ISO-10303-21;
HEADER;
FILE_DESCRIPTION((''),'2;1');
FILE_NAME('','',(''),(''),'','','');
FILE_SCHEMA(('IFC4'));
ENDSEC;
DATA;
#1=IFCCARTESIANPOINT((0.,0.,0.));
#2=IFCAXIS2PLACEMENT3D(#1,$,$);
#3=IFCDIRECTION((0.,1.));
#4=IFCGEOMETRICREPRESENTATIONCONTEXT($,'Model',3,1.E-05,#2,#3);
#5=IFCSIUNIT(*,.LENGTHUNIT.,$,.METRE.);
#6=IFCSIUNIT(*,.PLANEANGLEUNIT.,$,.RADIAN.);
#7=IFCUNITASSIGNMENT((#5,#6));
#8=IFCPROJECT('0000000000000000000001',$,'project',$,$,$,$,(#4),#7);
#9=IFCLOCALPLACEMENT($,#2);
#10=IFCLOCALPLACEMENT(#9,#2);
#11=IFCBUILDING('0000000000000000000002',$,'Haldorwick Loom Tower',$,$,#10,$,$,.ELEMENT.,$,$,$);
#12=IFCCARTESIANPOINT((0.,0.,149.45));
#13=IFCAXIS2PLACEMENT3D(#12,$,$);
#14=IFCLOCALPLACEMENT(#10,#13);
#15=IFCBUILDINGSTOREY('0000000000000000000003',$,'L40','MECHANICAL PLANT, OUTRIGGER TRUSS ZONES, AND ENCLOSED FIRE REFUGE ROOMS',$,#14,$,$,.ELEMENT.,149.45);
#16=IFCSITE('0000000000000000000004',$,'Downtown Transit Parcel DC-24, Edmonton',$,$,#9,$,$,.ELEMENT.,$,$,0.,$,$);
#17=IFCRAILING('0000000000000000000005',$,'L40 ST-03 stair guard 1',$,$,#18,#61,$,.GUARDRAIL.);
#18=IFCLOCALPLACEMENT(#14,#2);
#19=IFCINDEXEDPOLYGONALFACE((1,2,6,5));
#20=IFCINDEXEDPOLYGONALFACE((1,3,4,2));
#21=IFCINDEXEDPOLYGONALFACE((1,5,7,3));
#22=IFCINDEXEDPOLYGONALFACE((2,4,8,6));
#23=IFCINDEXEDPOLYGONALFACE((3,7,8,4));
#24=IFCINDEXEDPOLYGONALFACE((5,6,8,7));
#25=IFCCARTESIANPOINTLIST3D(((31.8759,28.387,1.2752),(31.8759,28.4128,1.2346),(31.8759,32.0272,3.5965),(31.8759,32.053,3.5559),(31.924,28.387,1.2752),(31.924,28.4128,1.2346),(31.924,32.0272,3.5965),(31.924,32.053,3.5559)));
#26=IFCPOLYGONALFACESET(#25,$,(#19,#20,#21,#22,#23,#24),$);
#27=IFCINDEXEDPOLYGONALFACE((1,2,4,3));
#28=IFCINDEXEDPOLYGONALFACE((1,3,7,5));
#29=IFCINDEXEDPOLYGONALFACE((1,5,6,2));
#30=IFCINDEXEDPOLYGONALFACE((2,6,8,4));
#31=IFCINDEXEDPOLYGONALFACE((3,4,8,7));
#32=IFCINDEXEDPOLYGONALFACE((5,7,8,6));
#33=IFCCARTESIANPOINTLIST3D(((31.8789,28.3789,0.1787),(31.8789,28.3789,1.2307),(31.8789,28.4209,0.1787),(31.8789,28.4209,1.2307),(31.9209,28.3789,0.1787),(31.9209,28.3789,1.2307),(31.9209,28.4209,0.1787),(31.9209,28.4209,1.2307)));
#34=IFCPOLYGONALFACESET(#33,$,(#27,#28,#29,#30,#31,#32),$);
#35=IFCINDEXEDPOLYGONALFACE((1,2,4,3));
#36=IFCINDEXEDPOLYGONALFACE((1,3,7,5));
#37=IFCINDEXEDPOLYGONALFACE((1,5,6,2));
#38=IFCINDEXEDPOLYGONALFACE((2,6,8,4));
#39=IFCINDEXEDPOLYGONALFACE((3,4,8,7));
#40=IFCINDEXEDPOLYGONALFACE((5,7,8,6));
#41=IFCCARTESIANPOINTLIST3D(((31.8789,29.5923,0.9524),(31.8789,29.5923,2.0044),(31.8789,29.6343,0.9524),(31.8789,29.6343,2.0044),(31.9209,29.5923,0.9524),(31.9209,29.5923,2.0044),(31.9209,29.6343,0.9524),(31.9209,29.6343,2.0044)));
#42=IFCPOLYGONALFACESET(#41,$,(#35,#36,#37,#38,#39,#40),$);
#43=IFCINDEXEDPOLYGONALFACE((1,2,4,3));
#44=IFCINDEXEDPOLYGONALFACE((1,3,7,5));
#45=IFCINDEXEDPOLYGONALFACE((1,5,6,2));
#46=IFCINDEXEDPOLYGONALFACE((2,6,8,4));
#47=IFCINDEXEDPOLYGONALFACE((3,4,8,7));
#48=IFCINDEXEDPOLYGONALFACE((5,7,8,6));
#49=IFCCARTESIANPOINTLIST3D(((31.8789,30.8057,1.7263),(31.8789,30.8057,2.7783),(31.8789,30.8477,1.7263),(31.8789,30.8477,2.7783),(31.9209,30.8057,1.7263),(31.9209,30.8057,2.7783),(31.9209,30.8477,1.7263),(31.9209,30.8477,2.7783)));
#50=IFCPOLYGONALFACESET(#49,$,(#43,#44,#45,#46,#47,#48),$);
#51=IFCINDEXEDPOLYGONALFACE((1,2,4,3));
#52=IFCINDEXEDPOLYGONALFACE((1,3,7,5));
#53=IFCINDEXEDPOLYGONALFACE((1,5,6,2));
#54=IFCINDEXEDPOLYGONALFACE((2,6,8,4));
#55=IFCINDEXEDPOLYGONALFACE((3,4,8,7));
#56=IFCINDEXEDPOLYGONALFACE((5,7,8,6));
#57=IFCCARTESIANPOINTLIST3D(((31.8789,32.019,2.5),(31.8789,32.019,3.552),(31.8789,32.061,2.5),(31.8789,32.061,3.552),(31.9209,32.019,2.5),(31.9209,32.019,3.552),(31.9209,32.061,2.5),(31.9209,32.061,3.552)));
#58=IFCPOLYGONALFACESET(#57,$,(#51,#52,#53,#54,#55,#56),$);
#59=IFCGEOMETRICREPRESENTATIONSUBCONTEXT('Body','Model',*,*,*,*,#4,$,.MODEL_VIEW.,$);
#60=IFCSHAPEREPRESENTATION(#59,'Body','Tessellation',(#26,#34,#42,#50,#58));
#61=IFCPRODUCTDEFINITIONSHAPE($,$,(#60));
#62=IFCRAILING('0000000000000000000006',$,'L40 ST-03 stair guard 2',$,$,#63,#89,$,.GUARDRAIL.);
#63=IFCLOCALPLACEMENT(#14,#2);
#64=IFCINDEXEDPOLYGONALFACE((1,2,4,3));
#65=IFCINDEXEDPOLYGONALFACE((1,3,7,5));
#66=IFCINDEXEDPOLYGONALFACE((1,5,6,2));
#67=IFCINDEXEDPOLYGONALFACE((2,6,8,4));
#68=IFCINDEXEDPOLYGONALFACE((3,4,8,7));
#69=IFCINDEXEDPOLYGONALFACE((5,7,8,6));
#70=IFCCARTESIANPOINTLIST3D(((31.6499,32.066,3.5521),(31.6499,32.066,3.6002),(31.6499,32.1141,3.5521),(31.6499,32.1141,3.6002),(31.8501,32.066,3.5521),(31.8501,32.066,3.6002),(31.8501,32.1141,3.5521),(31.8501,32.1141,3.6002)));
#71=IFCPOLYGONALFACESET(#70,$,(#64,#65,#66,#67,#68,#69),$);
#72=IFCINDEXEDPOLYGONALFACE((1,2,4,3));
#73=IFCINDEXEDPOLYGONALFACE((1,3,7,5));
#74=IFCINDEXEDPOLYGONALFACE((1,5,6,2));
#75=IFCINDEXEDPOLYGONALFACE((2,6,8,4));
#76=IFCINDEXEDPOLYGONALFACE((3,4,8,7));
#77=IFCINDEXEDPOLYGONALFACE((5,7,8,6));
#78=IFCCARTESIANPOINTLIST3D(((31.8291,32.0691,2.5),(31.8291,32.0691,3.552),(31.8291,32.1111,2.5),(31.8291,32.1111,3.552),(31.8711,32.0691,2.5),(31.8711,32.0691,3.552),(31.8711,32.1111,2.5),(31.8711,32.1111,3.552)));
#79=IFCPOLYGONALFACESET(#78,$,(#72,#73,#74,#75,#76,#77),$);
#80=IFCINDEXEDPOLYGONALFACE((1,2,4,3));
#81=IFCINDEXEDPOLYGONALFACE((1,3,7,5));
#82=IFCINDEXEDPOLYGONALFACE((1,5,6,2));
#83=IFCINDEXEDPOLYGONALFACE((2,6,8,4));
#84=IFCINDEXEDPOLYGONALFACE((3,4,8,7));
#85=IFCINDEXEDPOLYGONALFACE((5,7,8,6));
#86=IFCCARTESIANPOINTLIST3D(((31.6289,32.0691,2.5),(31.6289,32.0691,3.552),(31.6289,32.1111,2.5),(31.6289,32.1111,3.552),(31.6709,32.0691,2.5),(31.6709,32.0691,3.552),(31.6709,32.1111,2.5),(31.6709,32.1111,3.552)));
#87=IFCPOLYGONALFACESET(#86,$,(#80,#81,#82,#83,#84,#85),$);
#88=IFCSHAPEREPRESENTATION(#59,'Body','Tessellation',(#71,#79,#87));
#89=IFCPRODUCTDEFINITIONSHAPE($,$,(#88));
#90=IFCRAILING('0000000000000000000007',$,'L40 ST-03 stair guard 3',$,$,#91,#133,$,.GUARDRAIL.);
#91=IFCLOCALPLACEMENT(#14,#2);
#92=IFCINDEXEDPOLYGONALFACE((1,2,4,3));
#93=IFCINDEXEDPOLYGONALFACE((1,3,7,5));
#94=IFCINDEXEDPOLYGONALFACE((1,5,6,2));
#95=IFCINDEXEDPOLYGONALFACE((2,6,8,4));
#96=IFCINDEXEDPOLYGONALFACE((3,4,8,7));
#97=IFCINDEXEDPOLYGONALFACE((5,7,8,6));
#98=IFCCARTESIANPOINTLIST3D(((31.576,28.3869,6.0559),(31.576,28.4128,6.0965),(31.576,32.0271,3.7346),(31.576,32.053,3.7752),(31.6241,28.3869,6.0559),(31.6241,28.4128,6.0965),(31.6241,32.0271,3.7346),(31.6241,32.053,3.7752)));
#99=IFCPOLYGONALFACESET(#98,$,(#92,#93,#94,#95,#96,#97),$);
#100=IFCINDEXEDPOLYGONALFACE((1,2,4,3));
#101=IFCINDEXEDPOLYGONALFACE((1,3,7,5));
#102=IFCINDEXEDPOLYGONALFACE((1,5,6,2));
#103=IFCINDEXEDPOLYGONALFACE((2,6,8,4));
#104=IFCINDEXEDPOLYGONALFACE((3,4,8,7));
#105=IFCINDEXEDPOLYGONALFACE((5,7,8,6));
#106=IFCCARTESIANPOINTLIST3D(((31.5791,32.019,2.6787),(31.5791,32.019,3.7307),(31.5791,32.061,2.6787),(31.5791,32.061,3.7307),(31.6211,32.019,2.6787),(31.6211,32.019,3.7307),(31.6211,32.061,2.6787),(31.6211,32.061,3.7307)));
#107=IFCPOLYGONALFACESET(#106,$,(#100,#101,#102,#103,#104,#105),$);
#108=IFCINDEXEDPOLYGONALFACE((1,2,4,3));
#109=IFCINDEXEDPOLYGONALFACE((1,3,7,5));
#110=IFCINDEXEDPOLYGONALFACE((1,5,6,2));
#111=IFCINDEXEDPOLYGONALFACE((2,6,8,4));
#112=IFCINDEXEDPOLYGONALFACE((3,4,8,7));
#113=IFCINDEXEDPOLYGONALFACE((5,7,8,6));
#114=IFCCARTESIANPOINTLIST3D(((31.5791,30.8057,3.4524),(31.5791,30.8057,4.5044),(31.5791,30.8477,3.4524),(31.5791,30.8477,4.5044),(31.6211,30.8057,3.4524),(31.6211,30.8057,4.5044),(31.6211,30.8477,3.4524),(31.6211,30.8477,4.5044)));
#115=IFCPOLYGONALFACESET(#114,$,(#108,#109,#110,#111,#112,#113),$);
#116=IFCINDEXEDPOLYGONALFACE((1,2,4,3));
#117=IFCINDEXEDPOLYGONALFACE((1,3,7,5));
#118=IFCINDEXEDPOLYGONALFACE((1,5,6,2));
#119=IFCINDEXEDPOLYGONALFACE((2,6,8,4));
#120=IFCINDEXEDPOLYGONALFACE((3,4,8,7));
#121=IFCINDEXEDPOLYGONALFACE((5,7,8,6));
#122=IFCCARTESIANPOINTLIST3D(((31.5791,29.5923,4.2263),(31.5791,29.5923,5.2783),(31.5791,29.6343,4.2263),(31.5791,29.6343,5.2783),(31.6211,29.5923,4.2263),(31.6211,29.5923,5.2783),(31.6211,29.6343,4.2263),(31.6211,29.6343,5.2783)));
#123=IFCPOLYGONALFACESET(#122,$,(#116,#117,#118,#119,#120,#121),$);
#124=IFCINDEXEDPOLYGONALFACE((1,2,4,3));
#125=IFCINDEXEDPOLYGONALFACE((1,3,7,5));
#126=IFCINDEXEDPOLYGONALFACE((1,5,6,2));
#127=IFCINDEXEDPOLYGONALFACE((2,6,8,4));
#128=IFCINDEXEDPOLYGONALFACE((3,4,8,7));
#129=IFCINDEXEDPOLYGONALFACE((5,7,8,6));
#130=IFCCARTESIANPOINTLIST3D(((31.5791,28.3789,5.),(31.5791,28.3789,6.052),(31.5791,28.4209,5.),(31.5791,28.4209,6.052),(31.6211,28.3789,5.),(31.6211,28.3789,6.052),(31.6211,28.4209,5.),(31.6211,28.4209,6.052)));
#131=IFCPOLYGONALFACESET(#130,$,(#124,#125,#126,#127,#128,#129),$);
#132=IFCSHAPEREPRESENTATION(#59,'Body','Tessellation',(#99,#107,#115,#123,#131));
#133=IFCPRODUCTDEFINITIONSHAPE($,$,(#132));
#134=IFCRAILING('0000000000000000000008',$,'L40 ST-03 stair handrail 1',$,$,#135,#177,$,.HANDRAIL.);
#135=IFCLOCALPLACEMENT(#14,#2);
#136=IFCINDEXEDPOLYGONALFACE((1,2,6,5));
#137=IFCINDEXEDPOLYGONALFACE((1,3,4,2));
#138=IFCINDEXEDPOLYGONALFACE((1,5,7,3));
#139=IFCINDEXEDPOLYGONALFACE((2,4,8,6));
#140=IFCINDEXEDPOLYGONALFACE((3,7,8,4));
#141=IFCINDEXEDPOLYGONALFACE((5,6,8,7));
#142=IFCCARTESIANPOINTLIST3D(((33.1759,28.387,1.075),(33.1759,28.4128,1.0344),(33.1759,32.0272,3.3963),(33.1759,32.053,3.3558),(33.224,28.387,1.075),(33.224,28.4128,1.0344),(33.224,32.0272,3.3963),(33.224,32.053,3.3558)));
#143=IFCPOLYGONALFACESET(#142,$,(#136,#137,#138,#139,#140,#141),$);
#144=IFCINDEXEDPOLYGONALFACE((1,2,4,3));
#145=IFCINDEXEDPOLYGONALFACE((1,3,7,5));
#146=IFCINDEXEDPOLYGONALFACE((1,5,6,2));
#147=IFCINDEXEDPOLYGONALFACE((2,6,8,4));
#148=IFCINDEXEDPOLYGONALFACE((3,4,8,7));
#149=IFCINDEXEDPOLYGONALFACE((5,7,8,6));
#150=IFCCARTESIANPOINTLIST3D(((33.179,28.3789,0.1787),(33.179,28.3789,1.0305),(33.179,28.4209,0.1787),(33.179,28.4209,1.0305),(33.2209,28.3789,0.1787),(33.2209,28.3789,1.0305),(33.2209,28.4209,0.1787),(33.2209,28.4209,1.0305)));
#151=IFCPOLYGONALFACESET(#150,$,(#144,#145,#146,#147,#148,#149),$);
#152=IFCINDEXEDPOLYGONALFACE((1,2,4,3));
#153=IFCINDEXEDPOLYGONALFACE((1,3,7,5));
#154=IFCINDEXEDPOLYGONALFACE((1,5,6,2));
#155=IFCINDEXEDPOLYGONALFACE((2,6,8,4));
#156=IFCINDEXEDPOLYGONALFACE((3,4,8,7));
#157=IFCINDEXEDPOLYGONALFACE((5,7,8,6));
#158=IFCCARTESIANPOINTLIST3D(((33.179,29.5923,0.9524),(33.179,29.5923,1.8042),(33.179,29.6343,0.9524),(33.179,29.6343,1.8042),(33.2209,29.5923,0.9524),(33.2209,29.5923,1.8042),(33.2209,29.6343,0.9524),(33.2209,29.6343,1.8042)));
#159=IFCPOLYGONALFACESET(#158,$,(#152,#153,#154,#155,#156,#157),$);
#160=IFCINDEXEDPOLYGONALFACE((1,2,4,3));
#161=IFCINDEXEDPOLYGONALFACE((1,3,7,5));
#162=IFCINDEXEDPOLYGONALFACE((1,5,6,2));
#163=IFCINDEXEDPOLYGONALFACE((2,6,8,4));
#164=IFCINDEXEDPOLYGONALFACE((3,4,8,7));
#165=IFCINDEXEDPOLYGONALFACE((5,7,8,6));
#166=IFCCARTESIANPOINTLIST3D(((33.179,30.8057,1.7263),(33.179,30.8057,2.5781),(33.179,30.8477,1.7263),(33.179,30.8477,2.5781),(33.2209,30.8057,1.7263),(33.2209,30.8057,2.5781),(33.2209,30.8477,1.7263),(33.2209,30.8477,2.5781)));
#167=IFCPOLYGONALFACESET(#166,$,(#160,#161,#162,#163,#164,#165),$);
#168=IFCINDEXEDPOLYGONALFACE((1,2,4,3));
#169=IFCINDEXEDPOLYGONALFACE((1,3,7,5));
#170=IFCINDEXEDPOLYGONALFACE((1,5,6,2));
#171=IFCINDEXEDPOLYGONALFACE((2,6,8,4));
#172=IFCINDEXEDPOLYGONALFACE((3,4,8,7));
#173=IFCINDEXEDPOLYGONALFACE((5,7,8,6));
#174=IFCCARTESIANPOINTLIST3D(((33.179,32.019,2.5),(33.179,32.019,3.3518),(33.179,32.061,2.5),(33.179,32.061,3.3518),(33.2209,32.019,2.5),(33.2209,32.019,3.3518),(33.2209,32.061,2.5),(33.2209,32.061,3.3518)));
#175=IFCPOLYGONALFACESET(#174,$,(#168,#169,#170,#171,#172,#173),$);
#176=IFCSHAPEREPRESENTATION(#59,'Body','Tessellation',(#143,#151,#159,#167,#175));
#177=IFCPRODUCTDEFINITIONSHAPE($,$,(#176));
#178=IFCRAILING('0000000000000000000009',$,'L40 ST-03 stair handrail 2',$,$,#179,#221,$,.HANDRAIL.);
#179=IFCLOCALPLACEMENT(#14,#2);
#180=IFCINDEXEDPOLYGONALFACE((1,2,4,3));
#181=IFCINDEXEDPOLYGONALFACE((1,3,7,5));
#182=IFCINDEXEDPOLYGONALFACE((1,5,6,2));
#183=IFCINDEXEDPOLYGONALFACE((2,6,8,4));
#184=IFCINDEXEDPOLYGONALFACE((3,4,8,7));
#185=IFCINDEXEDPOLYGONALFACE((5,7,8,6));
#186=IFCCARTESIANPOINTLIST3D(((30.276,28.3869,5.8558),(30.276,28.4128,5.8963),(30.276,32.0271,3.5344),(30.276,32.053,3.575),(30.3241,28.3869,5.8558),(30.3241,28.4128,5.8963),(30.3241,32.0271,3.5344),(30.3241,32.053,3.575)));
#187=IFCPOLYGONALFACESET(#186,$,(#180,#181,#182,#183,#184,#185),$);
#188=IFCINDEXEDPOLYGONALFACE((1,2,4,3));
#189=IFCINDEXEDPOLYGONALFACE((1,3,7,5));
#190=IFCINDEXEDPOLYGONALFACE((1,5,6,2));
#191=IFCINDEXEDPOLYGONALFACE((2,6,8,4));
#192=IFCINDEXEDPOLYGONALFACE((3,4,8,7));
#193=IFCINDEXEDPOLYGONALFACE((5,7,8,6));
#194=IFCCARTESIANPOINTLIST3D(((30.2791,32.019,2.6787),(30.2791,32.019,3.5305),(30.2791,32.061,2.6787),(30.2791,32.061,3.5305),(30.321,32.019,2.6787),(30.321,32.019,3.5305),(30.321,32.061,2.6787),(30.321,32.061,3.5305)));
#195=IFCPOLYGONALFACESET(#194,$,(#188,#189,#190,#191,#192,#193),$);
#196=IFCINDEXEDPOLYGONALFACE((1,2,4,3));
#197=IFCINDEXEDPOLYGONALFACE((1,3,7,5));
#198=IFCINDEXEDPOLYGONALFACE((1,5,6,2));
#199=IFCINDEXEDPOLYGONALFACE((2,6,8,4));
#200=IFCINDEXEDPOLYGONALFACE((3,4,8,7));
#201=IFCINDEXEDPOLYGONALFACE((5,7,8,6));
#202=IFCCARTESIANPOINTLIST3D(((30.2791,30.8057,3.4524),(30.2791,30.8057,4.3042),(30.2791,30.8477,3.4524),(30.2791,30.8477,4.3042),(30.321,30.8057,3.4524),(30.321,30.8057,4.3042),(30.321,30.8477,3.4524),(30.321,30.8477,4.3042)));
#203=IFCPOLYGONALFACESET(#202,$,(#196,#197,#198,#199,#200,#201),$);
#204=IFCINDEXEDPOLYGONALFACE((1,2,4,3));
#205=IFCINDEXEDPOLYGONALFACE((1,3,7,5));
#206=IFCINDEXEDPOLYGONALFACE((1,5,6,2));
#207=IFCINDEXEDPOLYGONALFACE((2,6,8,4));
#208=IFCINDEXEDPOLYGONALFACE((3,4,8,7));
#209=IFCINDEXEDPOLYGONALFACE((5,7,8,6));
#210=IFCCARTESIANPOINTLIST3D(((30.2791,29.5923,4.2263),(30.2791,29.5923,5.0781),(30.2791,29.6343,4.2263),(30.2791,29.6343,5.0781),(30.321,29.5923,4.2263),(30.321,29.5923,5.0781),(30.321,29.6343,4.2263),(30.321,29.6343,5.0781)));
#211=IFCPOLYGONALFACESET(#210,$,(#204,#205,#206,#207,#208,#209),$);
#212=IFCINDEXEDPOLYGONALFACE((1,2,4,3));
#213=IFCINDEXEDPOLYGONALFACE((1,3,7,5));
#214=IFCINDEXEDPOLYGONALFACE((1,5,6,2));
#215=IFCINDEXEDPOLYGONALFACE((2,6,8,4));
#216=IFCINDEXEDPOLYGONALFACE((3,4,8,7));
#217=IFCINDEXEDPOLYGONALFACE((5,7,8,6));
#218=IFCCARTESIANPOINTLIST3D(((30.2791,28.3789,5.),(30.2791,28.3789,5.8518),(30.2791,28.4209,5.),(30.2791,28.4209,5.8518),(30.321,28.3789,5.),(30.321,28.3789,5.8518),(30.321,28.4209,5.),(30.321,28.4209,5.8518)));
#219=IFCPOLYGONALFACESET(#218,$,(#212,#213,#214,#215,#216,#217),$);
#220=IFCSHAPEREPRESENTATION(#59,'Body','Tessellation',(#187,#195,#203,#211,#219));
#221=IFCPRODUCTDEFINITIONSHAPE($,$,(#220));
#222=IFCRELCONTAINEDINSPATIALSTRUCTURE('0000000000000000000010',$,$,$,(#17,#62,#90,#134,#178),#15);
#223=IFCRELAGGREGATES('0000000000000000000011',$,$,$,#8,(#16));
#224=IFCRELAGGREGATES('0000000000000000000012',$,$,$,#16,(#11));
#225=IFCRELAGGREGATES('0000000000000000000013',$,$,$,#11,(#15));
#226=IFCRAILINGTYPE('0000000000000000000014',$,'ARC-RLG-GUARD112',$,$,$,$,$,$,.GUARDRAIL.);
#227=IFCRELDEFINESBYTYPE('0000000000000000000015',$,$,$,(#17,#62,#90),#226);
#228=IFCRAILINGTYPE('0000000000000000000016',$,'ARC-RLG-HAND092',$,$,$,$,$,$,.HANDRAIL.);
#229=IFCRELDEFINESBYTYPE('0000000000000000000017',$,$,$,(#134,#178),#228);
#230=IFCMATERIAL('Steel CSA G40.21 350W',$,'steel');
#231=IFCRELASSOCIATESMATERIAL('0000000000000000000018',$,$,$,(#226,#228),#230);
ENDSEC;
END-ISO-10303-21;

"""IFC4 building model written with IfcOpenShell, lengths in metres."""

from ifc_helpers import new_model, si_unit, direction, frame, origin, origin_2d, place, context, subcontext, project, spatial, rectangle, extrude, material, type_object, element, save


model = new_model("IFC4")

# Units and contexts
model_context = context("Model", 3, precision=1e-05, world=origin(), true_north=direction((0.0, 1.0)))
body_context = subcontext(model_context, "Body", "Model", "MODEL_VIEW")
ifc_project = project(units=[si_unit("LENGTHUNIT", "METRE"), si_unit("PLANEANGLEUNIT", "RADIAN")], contexts=[model_context])

# Site, building, storey
site_placement = place(None, origin())
site = spatial("IfcSite", under=ifc_project, at=site_placement, Name="Downtown Transit Parcel DC-24, Edmonton", CompositionType="ELEMENT", RefElevation=0.0)
building_placement = place(site_placement, origin())
building = spatial("IfcBuilding", under=site, at=building_placement, Name="Haldorwick Loom Tower", CompositionType="ELEMENT")
storey_placement = place(building_placement, frame((0.0, 0.0, 149.45)))
storey = spatial("IfcBuildingStorey", under=building, at=storey_placement, Name="L40", Description="MECHANICAL PLANT, OUTRIGGER TRUSS ZONES, AND ENCLOSED FIRE REFUGE ROOMS", CompositionType="ELEMENT", Elevation=149.45)

# Shared definitions
ifc_material_1 = material(Name="Steel CSA G40.21 350W", Category="steel")

# Railings
railing_type_1 = type_object("IfcRailingType", Name="ARC-RLG-GUARD112", PredefinedType="GUARDRAIL", material=ifc_material_1)
railing_1_placement = place(storey_placement, frame((31.8999, 28.3999, 0.1787)))
element("IfcRailing", 1, at=railing_1_placement, inside=storey, type_object=railing_type_1, Name="L40 ST-03 stair guard 1", PredefinedType="GUARDRAIL", context=body_context, shape_type="SweptSolid", body=[
    extrude(rectangle(XDim=0.0481, YDim=0.0481, at=origin_2d()), frame((0.0, 0.0, 1.0762), z_axis=(0.0, 0.843153, 0.537673), x_axis=(-1.0, 0.0, 0.0)), (0.0, 0.0, 1.0), 4.3174),
    extrude(rectangle(XDim=0.042, YDim=0.042, at=origin_2d()), origin(), (0.0, 0.0, 1.0), 1.052),
    extrude(rectangle(XDim=0.042, YDim=0.042, at=origin_2d()), frame((0.0, 1.2134, 0.7737)), (0.0, 0.0, 1.0), 1.052),
    extrude(rectangle(XDim=0.042, YDim=0.042, at=origin_2d()), frame((0.0, 2.4268, 1.5476)), (0.0, 0.0, 1.0), 1.052),
    extrude(rectangle(XDim=0.042, YDim=0.042, at=origin_2d()), frame((0.0, 3.6401, 2.3213)), (0.0, 0.0, 1.0), 1.052),
])
railing_2_placement = place(storey_placement, frame((31.8501, 32.0901, 2.5)))
element("IfcRailing", 2, at=railing_2_placement, inside=storey, type_object=railing_type_1, Name="L40 ST-03 stair guard 2", PredefinedType="GUARDRAIL", context=body_context, shape_type="SweptSolid", body=[
    extrude(rectangle(XDim=0.0481, YDim=0.0481, at=origin_2d()), frame((0.0, 0.0, 1.0762), z_axis=(-1.0, 0.0, 0.0), x_axis=(0.0, -1.0, 0.0)), (0.0, 0.0, 1.0), 0.2002),
    extrude(rectangle(XDim=0.042, YDim=0.042, at=origin_2d()), origin(), (0.0, 0.0, 1.0), 1.052),
    extrude(rectangle(XDim=0.042, YDim=0.042, at=origin_2d()), frame((-0.2002, 0.0, 0.0)), (0.0, 0.0, 1.0), 1.052),
])
railing_3_placement = place(storey_placement, frame((31.6001, 32.04, 2.6787)))
element("IfcRailing", 3, at=railing_3_placement, inside=storey, type_object=railing_type_1, Name="L40 ST-03 stair guard 3", PredefinedType="GUARDRAIL", context=body_context, shape_type="SweptSolid", body=[
    extrude(rectangle(XDim=0.0481, YDim=0.0481, at=origin_2d()), frame((0.0, 0.0, 1.0762), z_axis=(0.0, -0.843153, 0.537673), x_axis=(1.0, 0.0, 0.0)), (0.0, 0.0, 1.0), 4.3174),
    extrude(rectangle(XDim=0.042, YDim=0.042, at=origin_2d()), origin(), (0.0, 0.0, 1.0), 1.052),
    extrude(rectangle(XDim=0.042, YDim=0.042, at=origin_2d()), frame((0.0, -1.2134, 0.7737)), (0.0, 0.0, 1.0), 1.052),
    extrude(rectangle(XDim=0.042, YDim=0.042, at=origin_2d()), frame((0.0, -2.4268, 1.5476)), (0.0, 0.0, 1.0), 1.052),
    extrude(rectangle(XDim=0.042, YDim=0.042, at=origin_2d()), frame((0.0, -3.6401, 2.3213)), (0.0, 0.0, 1.0), 1.052),
])
railing_type_2 = type_object("IfcRailingType", Name="ARC-RLG-HAND092", PredefinedType="HANDRAIL", material=ifc_material_1)
railing_4_placement = place(storey_placement, frame((33.2, 28.3999, 0.1787)))
element("IfcRailing", 4, at=railing_4_placement, inside=storey, type_object=railing_type_2, Name="L40 ST-03 stair handrail 1", PredefinedType="HANDRAIL", context=body_context, shape_type="SweptSolid", body=[
    extrude(rectangle(XDim=0.0481, YDim=0.0481, at=origin_2d()), frame((0.0, 0.0, 0.876), z_axis=(0.0, 0.843153, 0.537673), x_axis=(-1.0, 0.0, 0.0)), (0.0, 0.0, 1.0), 4.3174),
    extrude(rectangle(XDim=0.042, YDim=0.042, at=origin_2d()), origin(), (0.0, 0.0, 1.0), 0.8518),
    extrude(rectangle(XDim=0.042, YDim=0.042, at=origin_2d()), frame((0.0, 1.2134, 0.7737)), (0.0, 0.0, 1.0), 0.8518),
    extrude(rectangle(XDim=0.042, YDim=0.042, at=origin_2d()), frame((0.0, 2.4268, 1.5476)), (0.0, 0.0, 1.0), 0.8518),
    extrude(rectangle(XDim=0.042, YDim=0.042, at=origin_2d()), frame((0.0, 3.6401, 2.3213)), (0.0, 0.0, 1.0), 0.8518),
])
railing_5_placement = place(storey_placement, frame((30.3, 32.04, 2.6787)))
element("IfcRailing", 5, at=railing_5_placement, inside=storey, type_object=railing_type_2, Name="L40 ST-03 stair handrail 2", PredefinedType="HANDRAIL", context=body_context, shape_type="SweptSolid", body=[
    extrude(rectangle(XDim=0.0481, YDim=0.0481, at=origin_2d()), frame((0.0, 0.0, 0.876), z_axis=(0.0, -0.843153, 0.537673), x_axis=(1.0, 0.0, 0.0)), (0.0, 0.0, 1.0), 4.3174),
    extrude(rectangle(XDim=0.042, YDim=0.042, at=origin_2d()), origin(), (0.0, 0.0, 1.0), 0.8518),
    extrude(rectangle(XDim=0.042, YDim=0.042, at=origin_2d()), frame((0.0, -1.2134, 0.7737)), (0.0, 0.0, 1.0), 0.8518),
    extrude(rectangle(XDim=0.042, YDim=0.042, at=origin_2d()), frame((0.0, -2.4268, 1.5476)), (0.0, 0.0, 1.0), 0.8518),
    extrude(rectangle(XDim=0.042, YDim=0.042, at=origin_2d()), frame((0.0, -3.6401, 2.3213)), (0.0, 0.0, 1.0), 0.8518),
])

save(model, "model.ifc")
